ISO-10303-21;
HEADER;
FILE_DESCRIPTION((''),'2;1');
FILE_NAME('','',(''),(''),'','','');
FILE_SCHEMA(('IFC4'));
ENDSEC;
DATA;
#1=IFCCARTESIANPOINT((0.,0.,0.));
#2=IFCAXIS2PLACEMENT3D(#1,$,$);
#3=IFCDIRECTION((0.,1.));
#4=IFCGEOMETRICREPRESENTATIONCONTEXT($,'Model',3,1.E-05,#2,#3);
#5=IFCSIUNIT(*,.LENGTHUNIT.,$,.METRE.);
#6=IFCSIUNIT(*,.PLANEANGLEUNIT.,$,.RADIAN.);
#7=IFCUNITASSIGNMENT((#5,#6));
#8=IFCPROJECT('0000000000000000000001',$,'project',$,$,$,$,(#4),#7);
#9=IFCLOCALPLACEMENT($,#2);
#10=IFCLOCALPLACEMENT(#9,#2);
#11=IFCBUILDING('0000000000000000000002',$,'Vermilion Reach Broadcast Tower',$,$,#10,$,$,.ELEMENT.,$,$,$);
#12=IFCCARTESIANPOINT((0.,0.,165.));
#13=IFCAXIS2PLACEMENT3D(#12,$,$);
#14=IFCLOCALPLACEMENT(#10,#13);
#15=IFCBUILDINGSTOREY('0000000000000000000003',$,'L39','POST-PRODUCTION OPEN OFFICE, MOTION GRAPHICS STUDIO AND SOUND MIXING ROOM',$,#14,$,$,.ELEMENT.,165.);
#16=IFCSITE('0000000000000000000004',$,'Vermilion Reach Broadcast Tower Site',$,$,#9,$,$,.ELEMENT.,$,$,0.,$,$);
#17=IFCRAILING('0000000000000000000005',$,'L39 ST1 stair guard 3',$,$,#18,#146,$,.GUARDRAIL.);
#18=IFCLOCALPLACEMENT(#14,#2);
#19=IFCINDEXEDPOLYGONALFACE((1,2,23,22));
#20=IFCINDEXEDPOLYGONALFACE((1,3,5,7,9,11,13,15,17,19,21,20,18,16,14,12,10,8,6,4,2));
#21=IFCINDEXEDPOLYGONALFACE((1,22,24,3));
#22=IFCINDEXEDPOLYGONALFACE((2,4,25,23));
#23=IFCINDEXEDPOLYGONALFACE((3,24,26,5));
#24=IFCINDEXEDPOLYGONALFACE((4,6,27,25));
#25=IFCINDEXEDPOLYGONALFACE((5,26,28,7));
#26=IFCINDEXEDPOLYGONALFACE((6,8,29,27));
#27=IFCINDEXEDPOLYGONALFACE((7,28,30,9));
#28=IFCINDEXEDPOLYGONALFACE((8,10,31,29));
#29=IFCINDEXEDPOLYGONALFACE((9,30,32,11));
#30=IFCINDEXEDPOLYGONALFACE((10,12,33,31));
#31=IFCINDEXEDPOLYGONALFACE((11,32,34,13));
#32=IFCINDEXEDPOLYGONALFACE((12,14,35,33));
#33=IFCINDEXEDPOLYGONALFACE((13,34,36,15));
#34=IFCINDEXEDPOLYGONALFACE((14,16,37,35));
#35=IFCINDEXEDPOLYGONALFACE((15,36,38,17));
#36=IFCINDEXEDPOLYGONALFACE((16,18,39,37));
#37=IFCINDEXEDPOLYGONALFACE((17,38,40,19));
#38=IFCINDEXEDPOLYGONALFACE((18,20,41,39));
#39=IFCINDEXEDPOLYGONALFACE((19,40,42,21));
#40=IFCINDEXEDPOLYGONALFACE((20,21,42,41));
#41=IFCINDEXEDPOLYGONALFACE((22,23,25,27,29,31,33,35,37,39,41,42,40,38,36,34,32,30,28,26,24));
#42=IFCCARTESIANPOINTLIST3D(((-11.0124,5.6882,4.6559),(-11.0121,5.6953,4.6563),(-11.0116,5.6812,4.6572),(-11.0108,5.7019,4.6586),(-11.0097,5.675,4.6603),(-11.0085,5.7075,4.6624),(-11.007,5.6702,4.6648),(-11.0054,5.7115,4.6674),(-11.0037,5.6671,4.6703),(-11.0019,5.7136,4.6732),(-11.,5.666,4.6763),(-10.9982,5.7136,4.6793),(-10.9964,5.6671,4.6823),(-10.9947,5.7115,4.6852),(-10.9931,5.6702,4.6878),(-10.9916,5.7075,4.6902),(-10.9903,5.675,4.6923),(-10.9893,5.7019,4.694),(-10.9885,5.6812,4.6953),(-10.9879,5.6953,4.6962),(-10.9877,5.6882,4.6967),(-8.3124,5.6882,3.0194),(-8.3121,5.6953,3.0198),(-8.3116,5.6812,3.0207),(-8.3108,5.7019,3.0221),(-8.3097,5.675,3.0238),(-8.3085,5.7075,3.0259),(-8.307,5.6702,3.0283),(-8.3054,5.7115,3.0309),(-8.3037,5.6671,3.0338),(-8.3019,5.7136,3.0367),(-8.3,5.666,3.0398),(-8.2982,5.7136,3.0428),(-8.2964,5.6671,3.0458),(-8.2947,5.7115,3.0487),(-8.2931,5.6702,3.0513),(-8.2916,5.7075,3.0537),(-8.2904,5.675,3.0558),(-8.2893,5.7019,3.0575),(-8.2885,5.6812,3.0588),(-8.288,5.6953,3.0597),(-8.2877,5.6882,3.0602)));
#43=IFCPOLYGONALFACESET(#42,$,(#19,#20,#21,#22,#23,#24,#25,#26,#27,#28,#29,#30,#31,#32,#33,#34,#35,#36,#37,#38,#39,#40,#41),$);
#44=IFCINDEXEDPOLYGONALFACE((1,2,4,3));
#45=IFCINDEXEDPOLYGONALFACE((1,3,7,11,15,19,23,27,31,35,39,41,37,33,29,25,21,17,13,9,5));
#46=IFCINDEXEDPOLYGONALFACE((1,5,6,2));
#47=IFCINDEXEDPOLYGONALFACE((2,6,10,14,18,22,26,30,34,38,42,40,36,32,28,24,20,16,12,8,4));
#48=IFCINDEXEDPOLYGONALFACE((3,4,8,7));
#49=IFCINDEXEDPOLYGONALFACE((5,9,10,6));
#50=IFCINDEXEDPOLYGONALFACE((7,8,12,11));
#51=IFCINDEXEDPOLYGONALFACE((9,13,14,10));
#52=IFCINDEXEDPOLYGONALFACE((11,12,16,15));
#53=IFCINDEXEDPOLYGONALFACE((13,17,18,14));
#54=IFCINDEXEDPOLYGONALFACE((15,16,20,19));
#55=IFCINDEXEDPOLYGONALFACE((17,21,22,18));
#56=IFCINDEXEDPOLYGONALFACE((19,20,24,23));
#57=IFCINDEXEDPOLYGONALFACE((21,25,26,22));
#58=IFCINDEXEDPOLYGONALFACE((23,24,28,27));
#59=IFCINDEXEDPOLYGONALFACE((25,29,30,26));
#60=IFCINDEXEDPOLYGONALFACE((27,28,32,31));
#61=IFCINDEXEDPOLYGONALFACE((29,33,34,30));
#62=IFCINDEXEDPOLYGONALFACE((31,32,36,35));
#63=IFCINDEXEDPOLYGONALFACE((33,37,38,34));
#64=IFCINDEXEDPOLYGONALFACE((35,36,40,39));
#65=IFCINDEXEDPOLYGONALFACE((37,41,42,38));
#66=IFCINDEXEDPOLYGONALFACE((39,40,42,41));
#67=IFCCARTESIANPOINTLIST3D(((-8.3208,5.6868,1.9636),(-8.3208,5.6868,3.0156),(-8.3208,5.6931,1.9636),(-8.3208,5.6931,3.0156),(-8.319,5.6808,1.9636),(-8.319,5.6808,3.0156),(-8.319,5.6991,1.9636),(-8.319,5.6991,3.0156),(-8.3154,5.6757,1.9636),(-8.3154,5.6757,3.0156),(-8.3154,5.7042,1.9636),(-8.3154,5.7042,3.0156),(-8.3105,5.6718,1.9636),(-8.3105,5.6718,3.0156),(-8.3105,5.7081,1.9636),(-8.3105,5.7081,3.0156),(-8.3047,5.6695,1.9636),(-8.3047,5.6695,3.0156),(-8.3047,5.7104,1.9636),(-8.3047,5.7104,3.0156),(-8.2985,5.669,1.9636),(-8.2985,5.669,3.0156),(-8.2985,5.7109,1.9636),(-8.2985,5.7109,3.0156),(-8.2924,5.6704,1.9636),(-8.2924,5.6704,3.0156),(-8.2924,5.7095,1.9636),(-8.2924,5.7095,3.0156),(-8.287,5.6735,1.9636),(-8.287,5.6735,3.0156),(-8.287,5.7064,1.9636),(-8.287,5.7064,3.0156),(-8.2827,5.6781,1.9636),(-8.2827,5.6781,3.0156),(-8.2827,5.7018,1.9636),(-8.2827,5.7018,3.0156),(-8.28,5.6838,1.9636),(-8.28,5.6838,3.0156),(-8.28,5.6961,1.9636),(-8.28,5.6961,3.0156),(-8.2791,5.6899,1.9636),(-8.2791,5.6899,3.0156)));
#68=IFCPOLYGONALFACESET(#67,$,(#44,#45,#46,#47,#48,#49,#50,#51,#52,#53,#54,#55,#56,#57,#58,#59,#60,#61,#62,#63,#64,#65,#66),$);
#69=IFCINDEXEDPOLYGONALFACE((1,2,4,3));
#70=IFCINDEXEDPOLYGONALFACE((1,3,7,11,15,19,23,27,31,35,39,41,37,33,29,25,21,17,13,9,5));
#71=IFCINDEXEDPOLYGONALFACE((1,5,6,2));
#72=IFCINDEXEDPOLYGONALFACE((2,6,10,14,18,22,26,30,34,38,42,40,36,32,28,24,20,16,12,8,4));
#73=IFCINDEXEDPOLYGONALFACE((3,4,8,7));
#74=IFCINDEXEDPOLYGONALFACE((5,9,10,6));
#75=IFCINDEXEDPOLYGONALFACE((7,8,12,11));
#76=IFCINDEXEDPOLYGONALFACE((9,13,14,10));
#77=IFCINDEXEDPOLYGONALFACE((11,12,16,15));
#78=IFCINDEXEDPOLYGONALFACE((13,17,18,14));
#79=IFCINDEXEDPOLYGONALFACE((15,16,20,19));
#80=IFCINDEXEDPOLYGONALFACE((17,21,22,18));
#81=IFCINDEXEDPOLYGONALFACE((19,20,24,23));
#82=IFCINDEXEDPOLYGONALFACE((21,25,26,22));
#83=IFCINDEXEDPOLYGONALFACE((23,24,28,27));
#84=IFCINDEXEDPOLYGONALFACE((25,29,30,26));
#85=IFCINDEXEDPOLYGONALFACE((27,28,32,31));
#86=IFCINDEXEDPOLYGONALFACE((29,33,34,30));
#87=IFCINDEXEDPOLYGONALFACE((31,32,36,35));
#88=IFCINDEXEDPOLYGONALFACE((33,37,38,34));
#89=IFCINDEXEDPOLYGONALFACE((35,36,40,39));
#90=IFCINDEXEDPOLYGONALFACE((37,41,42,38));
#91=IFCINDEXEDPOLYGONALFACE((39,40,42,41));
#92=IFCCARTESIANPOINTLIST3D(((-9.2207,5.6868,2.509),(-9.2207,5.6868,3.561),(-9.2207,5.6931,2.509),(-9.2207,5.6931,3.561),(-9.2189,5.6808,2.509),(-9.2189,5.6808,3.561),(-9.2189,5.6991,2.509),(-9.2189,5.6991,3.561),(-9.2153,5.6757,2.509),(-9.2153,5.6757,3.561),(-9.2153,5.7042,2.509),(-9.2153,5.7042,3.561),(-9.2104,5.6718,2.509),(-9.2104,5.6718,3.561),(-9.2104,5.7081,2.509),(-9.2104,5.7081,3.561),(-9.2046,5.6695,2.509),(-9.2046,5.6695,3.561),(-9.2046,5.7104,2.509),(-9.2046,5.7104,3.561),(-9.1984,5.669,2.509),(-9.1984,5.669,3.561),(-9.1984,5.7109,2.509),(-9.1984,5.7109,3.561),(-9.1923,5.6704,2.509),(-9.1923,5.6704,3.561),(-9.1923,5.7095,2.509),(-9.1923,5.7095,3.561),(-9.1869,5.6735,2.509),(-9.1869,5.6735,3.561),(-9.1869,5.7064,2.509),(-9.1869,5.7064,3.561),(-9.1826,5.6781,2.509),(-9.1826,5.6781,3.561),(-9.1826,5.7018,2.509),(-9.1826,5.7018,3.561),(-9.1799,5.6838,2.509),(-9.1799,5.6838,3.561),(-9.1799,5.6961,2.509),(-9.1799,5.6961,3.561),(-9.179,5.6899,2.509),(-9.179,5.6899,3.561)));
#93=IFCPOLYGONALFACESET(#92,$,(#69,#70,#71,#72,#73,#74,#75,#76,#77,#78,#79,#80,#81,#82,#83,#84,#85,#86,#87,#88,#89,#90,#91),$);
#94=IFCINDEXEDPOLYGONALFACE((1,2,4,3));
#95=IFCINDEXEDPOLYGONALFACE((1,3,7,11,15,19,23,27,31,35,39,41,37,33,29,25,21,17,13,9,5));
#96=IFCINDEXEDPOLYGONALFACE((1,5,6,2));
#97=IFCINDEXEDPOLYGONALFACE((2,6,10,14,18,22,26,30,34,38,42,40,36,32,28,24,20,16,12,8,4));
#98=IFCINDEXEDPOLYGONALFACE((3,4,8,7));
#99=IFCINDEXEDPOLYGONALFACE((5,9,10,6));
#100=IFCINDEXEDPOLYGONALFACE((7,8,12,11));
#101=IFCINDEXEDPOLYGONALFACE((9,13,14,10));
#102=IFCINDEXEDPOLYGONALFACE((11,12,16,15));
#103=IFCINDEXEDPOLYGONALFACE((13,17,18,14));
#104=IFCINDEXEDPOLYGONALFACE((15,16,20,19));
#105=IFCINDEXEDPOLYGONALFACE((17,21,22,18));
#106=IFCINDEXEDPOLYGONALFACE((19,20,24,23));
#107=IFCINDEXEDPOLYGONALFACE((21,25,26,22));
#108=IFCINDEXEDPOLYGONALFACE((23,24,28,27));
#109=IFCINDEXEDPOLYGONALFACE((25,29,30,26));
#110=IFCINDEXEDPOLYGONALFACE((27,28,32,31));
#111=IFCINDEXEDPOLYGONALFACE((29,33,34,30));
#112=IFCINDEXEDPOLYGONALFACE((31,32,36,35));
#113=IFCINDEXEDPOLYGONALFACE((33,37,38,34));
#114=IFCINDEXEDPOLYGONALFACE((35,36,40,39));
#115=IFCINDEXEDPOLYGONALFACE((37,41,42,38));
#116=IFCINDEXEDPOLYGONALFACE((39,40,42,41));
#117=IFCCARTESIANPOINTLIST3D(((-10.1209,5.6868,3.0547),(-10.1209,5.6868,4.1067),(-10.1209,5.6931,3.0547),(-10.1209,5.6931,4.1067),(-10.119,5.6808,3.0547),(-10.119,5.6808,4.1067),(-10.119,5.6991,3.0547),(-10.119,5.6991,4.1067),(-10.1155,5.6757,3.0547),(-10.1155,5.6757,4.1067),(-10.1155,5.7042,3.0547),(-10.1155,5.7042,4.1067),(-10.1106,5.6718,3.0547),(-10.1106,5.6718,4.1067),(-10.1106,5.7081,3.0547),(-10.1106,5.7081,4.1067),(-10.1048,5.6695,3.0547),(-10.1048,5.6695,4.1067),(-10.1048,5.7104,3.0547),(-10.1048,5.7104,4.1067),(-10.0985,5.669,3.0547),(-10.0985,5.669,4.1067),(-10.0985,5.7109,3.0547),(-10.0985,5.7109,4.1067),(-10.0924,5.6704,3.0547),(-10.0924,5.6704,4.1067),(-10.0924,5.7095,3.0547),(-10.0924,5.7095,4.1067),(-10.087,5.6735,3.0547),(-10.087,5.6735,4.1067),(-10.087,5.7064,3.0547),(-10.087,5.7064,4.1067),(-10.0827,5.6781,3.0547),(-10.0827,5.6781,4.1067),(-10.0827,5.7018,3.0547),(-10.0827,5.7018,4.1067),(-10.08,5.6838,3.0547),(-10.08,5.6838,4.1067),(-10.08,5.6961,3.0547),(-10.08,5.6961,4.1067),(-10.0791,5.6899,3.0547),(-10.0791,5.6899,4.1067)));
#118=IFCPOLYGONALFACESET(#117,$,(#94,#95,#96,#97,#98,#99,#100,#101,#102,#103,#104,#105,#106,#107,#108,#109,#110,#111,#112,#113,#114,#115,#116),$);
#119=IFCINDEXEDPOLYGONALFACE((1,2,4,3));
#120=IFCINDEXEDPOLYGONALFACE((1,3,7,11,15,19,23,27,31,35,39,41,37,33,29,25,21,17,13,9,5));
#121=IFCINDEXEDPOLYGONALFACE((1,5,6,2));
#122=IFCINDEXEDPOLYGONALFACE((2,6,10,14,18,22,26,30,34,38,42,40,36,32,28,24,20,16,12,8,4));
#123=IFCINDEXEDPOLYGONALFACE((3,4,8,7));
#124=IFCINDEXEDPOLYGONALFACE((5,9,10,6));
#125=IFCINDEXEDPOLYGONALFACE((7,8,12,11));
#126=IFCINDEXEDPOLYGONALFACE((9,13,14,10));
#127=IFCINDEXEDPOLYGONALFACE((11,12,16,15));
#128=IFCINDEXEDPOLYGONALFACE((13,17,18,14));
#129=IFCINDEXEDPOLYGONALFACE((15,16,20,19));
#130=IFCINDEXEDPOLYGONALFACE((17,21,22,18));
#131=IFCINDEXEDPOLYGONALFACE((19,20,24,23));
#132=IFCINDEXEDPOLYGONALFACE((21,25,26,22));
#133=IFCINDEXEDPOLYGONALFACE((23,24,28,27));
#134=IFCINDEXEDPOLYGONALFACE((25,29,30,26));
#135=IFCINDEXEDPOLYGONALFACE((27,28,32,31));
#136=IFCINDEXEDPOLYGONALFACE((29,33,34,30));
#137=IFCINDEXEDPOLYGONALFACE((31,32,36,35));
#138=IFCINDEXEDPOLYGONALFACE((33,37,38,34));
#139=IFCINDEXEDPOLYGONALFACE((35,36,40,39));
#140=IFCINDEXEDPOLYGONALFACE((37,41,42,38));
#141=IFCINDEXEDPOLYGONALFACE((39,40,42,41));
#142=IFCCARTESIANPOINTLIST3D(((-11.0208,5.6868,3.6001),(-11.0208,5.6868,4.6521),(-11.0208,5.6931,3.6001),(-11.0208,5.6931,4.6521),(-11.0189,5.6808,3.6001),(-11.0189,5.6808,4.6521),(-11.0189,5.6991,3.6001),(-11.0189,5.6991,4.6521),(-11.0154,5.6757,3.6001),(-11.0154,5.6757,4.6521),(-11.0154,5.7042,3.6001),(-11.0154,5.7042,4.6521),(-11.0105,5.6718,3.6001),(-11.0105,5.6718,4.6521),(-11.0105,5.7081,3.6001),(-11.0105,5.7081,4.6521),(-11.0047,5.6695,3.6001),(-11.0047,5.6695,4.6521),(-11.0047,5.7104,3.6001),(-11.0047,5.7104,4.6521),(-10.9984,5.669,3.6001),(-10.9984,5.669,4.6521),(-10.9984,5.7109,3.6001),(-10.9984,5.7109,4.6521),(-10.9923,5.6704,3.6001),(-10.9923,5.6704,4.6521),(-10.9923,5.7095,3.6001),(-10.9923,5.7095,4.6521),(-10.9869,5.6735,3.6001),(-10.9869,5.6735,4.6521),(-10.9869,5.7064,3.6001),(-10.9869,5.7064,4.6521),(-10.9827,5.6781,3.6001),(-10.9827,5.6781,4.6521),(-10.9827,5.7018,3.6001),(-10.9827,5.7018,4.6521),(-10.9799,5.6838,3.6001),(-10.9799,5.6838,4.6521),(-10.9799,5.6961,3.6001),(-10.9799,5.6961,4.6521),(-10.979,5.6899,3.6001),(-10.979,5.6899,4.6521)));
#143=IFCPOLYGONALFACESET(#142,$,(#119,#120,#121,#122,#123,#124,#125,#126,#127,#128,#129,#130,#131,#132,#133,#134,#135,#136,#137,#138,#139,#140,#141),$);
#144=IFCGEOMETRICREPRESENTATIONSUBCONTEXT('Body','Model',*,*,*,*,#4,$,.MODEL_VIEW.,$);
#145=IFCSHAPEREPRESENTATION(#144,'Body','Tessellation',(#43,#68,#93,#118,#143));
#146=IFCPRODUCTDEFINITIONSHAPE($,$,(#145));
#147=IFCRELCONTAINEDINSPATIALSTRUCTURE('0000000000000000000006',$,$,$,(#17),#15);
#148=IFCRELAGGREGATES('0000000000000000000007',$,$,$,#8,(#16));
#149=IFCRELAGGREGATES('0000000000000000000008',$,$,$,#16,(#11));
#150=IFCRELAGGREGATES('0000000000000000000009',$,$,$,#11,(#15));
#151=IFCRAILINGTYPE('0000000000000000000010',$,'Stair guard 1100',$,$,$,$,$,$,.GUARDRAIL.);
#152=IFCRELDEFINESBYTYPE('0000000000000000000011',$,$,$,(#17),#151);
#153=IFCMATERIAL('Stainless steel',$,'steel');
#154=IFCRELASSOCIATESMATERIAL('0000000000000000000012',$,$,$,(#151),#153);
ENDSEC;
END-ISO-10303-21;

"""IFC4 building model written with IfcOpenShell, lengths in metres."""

from ifc_helpers import new_model, si_unit, direction, frame, origin, origin_2d, place, context, subcontext, project, spatial, circle, extrude, material, type_object, element, save


model = new_model("IFC4")

# Units and contexts
model_context = context("Model", 3, precision=1e-05, world=origin(), true_north=direction((0.0, 1.0)))
body_context = subcontext(model_context, "Body", "Model", "MODEL_VIEW")
ifc_project = project(units=[si_unit("LENGTHUNIT", "METRE"), si_unit("PLANEANGLEUNIT", "RADIAN")], contexts=[model_context])

# Site, building, storey
site_placement = place(None, origin())
site = spatial("IfcSite", under=ifc_project, at=site_placement, Name="Vermilion Reach Broadcast Tower Site", CompositionType="ELEMENT", RefElevation=0.0)
building_placement = place(site_placement, origin())
building = spatial("IfcBuilding", under=site, at=building_placement, Name="Vermilion Reach Broadcast Tower", CompositionType="ELEMENT")
storey_placement = place(building_placement, frame((0.0, 0.0, 165.0)))
storey = spatial("IfcBuildingStorey", under=building, at=storey_placement, Name="L39", Description="POST-PRODUCTION OPEN OFFICE, MOTION GRAPHICS STUDIO AND SOUND MIXING ROOM", CompositionType="ELEMENT", Elevation=165.0)

# Railing
ifc_material_1 = material(Name="Stainless steel", Category="steel")
railing_type_1 = type_object("IfcRailingType", Name="Stair guard 1100", PredefinedType="GUARDRAIL", material=ifc_material_1)
railing_1_placement = place(storey_placement, frame((-8.3, 5.6899, 1.9636)))
element("IfcRailing", 1, at=railing_1_placement, inside=storey, type_object=railing_type_1, Name="L39 ST1 stair guard 3", PredefinedType="GUARDRAIL", context=body_context, shape_type="SweptSolid", body=[
    extrude(circle(Radius=0.0239, at=origin_2d()), frame((0.0, 0.0, 1.0762), z_axis=(-0.855178, 0.0, 0.518334), x_axis=(0.0, -1.0, 0.0)), (0.0, 0.0, 1.0), 3.1572),
    extrude(circle(Radius=0.021, at=origin_2d()), origin(), (0.0, 0.0, 1.0), 1.052),
    extrude(circle(Radius=0.021, at=origin_2d()), frame((-0.8999, 0.0, 0.5454)), (0.0, 0.0, 1.0), 1.052),
    extrude(circle(Radius=0.021, at=origin_2d()), frame((-1.8, 0.0, 1.0911)), (0.0, 0.0, 1.0), 1.052),
    extrude(circle(Radius=0.021, at=origin_2d()), frame((-2.7, 0.0, 1.6365)), (0.0, 0.0, 1.0), 1.052),
])

save(model, "model.ifc")
